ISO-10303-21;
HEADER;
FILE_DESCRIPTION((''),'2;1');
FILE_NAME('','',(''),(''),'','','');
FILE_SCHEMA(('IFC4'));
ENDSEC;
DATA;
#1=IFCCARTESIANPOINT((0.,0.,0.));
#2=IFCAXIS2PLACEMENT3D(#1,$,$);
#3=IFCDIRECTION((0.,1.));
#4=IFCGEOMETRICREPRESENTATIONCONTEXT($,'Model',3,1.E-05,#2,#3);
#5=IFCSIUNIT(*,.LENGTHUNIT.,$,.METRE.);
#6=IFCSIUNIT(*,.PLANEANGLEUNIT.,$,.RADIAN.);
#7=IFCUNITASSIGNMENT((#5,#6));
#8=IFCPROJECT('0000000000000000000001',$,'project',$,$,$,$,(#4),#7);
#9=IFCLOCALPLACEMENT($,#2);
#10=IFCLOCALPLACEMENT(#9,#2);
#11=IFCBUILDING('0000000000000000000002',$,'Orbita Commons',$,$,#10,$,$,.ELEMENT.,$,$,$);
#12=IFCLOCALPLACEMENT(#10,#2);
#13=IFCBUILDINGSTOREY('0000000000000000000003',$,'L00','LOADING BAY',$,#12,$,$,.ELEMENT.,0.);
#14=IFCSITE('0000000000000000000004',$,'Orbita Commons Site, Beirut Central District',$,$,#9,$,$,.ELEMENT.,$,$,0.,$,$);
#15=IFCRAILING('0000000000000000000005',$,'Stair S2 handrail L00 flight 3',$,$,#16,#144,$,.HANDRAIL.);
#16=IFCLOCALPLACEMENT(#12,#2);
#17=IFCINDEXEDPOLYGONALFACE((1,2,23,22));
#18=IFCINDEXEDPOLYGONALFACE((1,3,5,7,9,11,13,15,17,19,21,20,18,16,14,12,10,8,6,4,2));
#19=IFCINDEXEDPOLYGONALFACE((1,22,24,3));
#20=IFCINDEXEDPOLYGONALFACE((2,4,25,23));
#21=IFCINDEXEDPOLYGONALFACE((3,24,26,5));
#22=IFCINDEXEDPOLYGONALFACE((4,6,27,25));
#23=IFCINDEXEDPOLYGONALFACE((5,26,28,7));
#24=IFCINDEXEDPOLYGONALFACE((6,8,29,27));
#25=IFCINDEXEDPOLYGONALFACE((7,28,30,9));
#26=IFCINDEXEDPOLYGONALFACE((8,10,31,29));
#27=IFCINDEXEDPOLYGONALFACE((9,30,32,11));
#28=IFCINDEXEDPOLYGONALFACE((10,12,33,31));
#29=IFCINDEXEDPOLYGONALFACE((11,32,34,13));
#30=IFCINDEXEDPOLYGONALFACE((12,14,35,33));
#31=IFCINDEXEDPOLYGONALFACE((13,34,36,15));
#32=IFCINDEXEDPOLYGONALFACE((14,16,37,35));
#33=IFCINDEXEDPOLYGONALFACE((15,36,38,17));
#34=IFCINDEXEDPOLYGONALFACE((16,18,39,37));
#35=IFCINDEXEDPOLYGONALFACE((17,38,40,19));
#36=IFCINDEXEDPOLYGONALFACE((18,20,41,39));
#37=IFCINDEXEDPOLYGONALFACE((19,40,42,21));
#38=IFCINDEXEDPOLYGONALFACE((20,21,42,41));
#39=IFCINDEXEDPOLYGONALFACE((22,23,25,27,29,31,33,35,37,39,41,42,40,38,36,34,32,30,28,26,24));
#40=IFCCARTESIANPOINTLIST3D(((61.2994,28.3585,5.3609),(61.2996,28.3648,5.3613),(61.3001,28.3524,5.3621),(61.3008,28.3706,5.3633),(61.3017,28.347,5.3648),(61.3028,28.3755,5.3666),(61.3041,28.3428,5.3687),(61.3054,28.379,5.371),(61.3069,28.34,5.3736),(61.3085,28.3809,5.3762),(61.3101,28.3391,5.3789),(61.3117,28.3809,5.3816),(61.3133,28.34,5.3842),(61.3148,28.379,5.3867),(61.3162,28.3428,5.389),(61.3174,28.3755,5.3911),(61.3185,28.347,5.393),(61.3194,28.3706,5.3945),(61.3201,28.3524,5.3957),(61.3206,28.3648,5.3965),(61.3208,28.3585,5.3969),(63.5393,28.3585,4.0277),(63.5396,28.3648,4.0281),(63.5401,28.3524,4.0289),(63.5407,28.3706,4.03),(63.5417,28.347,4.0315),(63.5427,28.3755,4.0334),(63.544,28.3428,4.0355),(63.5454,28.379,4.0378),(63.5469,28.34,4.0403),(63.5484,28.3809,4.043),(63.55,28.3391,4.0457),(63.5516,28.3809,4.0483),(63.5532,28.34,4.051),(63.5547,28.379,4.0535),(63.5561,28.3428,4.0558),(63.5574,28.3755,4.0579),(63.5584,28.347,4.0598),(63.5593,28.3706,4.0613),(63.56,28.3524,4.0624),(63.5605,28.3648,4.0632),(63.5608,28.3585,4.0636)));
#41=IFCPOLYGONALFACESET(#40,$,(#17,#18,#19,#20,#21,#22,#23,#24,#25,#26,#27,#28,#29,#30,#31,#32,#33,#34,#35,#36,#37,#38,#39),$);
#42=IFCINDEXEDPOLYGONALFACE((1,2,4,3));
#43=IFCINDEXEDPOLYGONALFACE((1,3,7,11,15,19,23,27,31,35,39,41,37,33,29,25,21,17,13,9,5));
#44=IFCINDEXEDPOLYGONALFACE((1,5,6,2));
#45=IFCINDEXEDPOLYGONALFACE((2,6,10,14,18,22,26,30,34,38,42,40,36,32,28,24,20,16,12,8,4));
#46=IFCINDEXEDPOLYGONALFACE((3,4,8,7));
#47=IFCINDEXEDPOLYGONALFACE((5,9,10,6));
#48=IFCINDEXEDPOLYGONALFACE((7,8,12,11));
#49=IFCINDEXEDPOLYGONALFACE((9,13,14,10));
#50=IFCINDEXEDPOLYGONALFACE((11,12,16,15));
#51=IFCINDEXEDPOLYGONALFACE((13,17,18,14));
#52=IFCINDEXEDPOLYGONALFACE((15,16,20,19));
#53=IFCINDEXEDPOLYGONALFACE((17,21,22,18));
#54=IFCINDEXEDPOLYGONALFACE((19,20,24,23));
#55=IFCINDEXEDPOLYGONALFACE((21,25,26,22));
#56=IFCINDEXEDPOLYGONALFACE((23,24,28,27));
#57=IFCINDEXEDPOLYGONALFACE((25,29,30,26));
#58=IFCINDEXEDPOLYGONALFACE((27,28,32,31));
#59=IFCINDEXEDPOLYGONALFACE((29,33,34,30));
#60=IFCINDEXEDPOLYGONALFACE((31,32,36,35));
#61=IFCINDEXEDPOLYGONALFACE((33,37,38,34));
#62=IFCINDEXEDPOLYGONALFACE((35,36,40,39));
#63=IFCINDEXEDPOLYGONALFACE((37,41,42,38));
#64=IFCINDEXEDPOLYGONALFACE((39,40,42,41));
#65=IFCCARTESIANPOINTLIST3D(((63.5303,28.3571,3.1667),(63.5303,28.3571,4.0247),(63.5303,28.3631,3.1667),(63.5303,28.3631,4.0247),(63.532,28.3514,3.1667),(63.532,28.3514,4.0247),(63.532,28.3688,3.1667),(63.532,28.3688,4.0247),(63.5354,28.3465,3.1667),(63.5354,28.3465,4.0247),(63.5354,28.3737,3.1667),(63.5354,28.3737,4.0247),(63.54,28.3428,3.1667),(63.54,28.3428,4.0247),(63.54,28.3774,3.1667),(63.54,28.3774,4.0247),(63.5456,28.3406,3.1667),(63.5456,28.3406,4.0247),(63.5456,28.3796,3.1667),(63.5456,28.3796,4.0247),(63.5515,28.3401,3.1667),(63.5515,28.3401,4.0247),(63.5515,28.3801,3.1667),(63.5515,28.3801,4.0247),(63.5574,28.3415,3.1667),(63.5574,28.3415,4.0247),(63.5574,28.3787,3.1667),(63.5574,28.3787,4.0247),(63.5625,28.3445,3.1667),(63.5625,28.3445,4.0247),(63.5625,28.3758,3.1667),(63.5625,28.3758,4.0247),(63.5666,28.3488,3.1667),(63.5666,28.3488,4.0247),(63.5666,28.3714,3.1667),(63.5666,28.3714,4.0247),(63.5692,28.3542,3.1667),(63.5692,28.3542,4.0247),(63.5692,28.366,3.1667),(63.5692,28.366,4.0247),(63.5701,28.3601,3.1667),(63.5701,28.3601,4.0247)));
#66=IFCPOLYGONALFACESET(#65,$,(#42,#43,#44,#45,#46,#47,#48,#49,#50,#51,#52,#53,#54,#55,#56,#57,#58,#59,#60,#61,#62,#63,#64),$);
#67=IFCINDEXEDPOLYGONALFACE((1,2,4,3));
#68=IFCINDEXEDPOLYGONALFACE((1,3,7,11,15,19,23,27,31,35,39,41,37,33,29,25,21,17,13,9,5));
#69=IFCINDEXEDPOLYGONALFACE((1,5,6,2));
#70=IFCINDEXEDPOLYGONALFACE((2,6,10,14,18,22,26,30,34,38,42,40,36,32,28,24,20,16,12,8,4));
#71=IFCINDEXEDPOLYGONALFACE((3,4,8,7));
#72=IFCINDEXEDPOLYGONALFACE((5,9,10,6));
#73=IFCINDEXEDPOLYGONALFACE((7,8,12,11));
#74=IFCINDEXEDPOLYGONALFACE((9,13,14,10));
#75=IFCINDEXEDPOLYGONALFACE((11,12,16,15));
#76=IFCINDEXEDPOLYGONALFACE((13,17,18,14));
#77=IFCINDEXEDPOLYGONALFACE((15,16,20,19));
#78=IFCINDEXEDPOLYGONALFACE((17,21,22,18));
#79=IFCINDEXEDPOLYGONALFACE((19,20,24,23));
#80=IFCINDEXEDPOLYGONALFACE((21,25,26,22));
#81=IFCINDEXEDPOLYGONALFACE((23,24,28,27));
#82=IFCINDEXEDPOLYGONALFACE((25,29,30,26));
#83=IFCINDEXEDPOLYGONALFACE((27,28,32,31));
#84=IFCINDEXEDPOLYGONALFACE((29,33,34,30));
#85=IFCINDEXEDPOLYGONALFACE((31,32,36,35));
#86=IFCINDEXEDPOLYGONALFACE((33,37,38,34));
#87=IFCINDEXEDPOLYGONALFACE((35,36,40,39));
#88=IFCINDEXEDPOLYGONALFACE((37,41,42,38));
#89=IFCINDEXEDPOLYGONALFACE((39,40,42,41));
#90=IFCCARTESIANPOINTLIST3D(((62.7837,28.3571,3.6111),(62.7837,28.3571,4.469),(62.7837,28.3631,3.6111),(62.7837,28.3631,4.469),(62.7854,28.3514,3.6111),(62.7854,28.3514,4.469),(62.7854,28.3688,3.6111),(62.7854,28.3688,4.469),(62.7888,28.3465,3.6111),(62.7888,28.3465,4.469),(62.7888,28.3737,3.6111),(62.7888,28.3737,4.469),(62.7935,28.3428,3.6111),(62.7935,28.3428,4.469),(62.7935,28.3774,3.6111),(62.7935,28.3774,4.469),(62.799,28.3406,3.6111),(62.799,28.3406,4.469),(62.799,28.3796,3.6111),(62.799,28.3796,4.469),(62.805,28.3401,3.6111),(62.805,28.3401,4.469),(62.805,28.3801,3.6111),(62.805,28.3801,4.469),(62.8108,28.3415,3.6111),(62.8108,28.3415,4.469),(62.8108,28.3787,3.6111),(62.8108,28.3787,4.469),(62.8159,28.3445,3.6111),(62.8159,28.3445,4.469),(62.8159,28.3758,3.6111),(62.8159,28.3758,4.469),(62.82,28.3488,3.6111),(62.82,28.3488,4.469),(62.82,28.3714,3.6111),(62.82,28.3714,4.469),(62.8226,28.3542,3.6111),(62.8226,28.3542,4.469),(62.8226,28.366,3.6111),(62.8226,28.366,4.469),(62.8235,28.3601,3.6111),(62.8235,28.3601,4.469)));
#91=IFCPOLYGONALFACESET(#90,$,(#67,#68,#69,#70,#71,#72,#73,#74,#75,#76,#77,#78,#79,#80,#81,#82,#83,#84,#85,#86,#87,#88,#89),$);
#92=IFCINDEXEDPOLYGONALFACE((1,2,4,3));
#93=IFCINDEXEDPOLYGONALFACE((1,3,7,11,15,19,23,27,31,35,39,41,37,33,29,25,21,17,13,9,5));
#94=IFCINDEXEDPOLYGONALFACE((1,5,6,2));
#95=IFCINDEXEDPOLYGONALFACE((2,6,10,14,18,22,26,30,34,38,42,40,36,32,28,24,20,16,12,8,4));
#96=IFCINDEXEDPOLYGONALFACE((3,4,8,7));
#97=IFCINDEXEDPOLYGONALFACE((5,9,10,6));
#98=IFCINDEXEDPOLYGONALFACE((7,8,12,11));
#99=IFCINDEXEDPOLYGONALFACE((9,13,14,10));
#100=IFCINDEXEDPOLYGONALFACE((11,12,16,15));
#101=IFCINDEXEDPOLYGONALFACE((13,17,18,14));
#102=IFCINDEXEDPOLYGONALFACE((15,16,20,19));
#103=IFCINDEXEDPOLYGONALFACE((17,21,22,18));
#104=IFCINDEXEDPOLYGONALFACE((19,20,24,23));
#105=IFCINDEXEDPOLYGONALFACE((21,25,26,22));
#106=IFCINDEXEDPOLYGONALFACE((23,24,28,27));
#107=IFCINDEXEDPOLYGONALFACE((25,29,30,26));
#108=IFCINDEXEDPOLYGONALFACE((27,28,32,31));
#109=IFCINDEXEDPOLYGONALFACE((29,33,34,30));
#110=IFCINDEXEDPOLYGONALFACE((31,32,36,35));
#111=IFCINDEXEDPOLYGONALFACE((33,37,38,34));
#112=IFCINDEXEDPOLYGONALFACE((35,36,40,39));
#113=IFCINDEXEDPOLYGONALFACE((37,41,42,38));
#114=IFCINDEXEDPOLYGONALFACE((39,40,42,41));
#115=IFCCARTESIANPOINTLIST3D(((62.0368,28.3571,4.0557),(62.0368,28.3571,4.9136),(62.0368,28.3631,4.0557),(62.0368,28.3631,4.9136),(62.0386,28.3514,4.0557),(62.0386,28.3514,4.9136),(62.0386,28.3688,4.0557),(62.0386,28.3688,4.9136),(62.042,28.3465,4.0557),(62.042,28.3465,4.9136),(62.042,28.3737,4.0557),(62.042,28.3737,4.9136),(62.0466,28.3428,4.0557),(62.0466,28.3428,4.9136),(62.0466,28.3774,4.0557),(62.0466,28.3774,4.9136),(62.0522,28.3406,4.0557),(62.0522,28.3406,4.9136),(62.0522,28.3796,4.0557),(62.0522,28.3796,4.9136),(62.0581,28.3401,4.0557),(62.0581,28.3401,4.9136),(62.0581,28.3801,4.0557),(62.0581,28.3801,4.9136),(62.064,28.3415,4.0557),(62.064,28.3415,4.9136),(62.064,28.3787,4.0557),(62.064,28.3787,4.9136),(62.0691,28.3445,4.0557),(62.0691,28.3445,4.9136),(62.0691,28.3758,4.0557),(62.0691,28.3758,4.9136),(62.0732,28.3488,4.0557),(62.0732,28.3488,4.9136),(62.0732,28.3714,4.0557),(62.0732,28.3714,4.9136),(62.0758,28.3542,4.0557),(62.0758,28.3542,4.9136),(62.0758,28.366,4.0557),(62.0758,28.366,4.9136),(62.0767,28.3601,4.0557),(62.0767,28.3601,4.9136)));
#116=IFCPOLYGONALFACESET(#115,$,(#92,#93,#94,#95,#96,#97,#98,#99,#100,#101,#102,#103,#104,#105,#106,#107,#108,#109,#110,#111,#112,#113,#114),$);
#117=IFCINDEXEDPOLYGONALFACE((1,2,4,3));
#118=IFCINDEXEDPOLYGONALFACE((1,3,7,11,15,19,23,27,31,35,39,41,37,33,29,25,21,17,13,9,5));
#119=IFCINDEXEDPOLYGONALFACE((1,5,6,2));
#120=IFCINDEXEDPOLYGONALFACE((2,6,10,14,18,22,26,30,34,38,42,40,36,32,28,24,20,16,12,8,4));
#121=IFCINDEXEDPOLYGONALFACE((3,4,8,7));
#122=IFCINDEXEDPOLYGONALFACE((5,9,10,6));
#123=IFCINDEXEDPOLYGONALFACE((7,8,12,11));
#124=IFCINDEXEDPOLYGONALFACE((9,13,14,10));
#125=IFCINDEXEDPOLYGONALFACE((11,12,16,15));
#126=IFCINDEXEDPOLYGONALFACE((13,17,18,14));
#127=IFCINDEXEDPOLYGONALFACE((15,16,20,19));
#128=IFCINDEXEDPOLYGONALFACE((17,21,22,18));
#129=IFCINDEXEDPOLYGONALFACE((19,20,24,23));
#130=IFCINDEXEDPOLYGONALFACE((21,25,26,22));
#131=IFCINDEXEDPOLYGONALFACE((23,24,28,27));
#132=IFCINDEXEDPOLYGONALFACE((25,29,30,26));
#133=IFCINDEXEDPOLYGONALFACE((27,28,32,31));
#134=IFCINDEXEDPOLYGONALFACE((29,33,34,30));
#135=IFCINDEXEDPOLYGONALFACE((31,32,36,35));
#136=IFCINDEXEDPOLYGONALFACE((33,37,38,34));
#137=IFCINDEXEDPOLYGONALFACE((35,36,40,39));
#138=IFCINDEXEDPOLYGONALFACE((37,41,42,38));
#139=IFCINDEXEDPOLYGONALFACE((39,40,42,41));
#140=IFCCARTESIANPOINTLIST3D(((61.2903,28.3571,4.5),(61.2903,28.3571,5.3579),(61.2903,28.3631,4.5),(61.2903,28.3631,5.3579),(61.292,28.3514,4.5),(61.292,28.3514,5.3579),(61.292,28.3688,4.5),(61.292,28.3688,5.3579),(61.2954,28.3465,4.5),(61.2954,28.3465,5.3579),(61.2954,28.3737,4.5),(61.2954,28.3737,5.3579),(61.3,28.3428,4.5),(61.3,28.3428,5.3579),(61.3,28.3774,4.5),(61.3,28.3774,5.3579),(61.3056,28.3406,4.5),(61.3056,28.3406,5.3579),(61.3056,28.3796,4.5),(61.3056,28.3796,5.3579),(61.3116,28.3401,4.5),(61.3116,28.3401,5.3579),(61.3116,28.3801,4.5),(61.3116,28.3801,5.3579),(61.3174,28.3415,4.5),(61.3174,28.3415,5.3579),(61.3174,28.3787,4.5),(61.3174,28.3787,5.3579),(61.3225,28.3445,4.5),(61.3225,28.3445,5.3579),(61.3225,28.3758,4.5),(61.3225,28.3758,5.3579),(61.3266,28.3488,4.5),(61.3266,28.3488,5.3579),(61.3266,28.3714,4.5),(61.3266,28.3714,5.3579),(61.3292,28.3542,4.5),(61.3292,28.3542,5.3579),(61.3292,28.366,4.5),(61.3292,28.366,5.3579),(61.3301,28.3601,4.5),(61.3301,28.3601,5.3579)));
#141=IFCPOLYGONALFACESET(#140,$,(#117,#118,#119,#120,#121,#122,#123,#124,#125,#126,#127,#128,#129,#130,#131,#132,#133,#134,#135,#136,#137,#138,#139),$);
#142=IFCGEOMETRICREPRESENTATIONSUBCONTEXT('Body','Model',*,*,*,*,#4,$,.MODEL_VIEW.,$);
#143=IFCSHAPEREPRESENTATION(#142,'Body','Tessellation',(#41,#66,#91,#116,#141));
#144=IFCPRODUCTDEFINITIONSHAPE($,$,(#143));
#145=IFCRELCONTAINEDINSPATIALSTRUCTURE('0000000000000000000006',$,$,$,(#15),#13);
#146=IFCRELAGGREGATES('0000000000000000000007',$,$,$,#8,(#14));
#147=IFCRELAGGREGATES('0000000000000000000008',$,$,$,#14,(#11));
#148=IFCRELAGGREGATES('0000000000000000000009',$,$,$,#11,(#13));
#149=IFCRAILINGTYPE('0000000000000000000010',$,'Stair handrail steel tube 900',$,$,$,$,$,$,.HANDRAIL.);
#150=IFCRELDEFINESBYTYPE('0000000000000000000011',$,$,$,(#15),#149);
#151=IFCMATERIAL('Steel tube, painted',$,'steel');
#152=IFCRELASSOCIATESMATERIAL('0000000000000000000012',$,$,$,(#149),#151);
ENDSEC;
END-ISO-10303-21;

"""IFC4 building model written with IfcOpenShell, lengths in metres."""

from ifc_helpers import new_model, si_unit, direction, frame, origin, origin_2d, place, context, subcontext, project, spatial, circle, extrude, material, type_object, element, save


model = new_model("IFC4")

# Units and contexts
model_context = context("Model", 3, precision=1e-05, world=origin(), true_north=direction((0.0, 1.0)))
body_context = subcontext(model_context, "Body", "Model", "MODEL_VIEW")
ifc_project = project(units=[si_unit("LENGTHUNIT", "METRE"), si_unit("PLANEANGLEUNIT", "RADIAN")], contexts=[model_context])

# Site, building, storey
site_placement = place(None, origin())
site = spatial("IfcSite", under=ifc_project, at=site_placement, Name="Orbita Commons Site, Beirut Central District", CompositionType="ELEMENT", RefElevation=0.0)
building_placement = place(site_placement, origin())
building = spatial("IfcBuilding", under=site, at=building_placement, Name="Orbita Commons", CompositionType="ELEMENT")
storey_placement = place(building_placement, origin())
storey = spatial("IfcBuildingStorey", under=building, at=storey_placement, Name="L00", Description="LOADING BAY", CompositionType="ELEMENT", Elevation=0.0)

# Railing
ifc_material_1 = material(Name="Steel tube, painted", Category="steel")
railing_type = type_object("IfcRailingType", Name="Stair handrail steel tube 900", PredefinedType="HANDRAIL", material=ifc_material_1)
for number, where, name in (
    (1, (63.55, 28.3601, 3.1667), "Stair S2 handrail L00 flight 3"),
):
    element("IfcRailing", number, at=place(storey_placement, frame(where)), inside=storey, type_object=railing_type, Name=name, PredefinedType="HANDRAIL", context=body_context, shape_type="SweptSolid", body=[
        extrude(circle(Radius=0.021, at=origin_2d()), frame((0.0, 0.0, 0.8789), z_axis=(-0.859306, 0.0, 0.511462), x_axis=(0.0, -1.0, 0.0)), (0.0, 0.0, 1.0), 2.6067),
        extrude(circle(Radius=0.02, at=origin_2d()), origin(), (0.0, 0.0, 1.0), 0.8579),
        extrude(circle(Radius=0.02, at=origin_2d()), frame((-0.7466, 0.0, 0.4443)), (0.0, 0.0, 1.0), 0.8579),
        extrude(circle(Radius=0.02, at=origin_2d()), frame((-1.4934, 0.0, 0.8889)), (0.0, 0.0, 1.0), 0.8579),
        extrude(circle(Radius=0.02, at=origin_2d()), frame((-2.24, 0.0, 1.3333)), (0.0, 0.0, 1.0), 0.8579),
    ])

save(model, "model.ifc")
